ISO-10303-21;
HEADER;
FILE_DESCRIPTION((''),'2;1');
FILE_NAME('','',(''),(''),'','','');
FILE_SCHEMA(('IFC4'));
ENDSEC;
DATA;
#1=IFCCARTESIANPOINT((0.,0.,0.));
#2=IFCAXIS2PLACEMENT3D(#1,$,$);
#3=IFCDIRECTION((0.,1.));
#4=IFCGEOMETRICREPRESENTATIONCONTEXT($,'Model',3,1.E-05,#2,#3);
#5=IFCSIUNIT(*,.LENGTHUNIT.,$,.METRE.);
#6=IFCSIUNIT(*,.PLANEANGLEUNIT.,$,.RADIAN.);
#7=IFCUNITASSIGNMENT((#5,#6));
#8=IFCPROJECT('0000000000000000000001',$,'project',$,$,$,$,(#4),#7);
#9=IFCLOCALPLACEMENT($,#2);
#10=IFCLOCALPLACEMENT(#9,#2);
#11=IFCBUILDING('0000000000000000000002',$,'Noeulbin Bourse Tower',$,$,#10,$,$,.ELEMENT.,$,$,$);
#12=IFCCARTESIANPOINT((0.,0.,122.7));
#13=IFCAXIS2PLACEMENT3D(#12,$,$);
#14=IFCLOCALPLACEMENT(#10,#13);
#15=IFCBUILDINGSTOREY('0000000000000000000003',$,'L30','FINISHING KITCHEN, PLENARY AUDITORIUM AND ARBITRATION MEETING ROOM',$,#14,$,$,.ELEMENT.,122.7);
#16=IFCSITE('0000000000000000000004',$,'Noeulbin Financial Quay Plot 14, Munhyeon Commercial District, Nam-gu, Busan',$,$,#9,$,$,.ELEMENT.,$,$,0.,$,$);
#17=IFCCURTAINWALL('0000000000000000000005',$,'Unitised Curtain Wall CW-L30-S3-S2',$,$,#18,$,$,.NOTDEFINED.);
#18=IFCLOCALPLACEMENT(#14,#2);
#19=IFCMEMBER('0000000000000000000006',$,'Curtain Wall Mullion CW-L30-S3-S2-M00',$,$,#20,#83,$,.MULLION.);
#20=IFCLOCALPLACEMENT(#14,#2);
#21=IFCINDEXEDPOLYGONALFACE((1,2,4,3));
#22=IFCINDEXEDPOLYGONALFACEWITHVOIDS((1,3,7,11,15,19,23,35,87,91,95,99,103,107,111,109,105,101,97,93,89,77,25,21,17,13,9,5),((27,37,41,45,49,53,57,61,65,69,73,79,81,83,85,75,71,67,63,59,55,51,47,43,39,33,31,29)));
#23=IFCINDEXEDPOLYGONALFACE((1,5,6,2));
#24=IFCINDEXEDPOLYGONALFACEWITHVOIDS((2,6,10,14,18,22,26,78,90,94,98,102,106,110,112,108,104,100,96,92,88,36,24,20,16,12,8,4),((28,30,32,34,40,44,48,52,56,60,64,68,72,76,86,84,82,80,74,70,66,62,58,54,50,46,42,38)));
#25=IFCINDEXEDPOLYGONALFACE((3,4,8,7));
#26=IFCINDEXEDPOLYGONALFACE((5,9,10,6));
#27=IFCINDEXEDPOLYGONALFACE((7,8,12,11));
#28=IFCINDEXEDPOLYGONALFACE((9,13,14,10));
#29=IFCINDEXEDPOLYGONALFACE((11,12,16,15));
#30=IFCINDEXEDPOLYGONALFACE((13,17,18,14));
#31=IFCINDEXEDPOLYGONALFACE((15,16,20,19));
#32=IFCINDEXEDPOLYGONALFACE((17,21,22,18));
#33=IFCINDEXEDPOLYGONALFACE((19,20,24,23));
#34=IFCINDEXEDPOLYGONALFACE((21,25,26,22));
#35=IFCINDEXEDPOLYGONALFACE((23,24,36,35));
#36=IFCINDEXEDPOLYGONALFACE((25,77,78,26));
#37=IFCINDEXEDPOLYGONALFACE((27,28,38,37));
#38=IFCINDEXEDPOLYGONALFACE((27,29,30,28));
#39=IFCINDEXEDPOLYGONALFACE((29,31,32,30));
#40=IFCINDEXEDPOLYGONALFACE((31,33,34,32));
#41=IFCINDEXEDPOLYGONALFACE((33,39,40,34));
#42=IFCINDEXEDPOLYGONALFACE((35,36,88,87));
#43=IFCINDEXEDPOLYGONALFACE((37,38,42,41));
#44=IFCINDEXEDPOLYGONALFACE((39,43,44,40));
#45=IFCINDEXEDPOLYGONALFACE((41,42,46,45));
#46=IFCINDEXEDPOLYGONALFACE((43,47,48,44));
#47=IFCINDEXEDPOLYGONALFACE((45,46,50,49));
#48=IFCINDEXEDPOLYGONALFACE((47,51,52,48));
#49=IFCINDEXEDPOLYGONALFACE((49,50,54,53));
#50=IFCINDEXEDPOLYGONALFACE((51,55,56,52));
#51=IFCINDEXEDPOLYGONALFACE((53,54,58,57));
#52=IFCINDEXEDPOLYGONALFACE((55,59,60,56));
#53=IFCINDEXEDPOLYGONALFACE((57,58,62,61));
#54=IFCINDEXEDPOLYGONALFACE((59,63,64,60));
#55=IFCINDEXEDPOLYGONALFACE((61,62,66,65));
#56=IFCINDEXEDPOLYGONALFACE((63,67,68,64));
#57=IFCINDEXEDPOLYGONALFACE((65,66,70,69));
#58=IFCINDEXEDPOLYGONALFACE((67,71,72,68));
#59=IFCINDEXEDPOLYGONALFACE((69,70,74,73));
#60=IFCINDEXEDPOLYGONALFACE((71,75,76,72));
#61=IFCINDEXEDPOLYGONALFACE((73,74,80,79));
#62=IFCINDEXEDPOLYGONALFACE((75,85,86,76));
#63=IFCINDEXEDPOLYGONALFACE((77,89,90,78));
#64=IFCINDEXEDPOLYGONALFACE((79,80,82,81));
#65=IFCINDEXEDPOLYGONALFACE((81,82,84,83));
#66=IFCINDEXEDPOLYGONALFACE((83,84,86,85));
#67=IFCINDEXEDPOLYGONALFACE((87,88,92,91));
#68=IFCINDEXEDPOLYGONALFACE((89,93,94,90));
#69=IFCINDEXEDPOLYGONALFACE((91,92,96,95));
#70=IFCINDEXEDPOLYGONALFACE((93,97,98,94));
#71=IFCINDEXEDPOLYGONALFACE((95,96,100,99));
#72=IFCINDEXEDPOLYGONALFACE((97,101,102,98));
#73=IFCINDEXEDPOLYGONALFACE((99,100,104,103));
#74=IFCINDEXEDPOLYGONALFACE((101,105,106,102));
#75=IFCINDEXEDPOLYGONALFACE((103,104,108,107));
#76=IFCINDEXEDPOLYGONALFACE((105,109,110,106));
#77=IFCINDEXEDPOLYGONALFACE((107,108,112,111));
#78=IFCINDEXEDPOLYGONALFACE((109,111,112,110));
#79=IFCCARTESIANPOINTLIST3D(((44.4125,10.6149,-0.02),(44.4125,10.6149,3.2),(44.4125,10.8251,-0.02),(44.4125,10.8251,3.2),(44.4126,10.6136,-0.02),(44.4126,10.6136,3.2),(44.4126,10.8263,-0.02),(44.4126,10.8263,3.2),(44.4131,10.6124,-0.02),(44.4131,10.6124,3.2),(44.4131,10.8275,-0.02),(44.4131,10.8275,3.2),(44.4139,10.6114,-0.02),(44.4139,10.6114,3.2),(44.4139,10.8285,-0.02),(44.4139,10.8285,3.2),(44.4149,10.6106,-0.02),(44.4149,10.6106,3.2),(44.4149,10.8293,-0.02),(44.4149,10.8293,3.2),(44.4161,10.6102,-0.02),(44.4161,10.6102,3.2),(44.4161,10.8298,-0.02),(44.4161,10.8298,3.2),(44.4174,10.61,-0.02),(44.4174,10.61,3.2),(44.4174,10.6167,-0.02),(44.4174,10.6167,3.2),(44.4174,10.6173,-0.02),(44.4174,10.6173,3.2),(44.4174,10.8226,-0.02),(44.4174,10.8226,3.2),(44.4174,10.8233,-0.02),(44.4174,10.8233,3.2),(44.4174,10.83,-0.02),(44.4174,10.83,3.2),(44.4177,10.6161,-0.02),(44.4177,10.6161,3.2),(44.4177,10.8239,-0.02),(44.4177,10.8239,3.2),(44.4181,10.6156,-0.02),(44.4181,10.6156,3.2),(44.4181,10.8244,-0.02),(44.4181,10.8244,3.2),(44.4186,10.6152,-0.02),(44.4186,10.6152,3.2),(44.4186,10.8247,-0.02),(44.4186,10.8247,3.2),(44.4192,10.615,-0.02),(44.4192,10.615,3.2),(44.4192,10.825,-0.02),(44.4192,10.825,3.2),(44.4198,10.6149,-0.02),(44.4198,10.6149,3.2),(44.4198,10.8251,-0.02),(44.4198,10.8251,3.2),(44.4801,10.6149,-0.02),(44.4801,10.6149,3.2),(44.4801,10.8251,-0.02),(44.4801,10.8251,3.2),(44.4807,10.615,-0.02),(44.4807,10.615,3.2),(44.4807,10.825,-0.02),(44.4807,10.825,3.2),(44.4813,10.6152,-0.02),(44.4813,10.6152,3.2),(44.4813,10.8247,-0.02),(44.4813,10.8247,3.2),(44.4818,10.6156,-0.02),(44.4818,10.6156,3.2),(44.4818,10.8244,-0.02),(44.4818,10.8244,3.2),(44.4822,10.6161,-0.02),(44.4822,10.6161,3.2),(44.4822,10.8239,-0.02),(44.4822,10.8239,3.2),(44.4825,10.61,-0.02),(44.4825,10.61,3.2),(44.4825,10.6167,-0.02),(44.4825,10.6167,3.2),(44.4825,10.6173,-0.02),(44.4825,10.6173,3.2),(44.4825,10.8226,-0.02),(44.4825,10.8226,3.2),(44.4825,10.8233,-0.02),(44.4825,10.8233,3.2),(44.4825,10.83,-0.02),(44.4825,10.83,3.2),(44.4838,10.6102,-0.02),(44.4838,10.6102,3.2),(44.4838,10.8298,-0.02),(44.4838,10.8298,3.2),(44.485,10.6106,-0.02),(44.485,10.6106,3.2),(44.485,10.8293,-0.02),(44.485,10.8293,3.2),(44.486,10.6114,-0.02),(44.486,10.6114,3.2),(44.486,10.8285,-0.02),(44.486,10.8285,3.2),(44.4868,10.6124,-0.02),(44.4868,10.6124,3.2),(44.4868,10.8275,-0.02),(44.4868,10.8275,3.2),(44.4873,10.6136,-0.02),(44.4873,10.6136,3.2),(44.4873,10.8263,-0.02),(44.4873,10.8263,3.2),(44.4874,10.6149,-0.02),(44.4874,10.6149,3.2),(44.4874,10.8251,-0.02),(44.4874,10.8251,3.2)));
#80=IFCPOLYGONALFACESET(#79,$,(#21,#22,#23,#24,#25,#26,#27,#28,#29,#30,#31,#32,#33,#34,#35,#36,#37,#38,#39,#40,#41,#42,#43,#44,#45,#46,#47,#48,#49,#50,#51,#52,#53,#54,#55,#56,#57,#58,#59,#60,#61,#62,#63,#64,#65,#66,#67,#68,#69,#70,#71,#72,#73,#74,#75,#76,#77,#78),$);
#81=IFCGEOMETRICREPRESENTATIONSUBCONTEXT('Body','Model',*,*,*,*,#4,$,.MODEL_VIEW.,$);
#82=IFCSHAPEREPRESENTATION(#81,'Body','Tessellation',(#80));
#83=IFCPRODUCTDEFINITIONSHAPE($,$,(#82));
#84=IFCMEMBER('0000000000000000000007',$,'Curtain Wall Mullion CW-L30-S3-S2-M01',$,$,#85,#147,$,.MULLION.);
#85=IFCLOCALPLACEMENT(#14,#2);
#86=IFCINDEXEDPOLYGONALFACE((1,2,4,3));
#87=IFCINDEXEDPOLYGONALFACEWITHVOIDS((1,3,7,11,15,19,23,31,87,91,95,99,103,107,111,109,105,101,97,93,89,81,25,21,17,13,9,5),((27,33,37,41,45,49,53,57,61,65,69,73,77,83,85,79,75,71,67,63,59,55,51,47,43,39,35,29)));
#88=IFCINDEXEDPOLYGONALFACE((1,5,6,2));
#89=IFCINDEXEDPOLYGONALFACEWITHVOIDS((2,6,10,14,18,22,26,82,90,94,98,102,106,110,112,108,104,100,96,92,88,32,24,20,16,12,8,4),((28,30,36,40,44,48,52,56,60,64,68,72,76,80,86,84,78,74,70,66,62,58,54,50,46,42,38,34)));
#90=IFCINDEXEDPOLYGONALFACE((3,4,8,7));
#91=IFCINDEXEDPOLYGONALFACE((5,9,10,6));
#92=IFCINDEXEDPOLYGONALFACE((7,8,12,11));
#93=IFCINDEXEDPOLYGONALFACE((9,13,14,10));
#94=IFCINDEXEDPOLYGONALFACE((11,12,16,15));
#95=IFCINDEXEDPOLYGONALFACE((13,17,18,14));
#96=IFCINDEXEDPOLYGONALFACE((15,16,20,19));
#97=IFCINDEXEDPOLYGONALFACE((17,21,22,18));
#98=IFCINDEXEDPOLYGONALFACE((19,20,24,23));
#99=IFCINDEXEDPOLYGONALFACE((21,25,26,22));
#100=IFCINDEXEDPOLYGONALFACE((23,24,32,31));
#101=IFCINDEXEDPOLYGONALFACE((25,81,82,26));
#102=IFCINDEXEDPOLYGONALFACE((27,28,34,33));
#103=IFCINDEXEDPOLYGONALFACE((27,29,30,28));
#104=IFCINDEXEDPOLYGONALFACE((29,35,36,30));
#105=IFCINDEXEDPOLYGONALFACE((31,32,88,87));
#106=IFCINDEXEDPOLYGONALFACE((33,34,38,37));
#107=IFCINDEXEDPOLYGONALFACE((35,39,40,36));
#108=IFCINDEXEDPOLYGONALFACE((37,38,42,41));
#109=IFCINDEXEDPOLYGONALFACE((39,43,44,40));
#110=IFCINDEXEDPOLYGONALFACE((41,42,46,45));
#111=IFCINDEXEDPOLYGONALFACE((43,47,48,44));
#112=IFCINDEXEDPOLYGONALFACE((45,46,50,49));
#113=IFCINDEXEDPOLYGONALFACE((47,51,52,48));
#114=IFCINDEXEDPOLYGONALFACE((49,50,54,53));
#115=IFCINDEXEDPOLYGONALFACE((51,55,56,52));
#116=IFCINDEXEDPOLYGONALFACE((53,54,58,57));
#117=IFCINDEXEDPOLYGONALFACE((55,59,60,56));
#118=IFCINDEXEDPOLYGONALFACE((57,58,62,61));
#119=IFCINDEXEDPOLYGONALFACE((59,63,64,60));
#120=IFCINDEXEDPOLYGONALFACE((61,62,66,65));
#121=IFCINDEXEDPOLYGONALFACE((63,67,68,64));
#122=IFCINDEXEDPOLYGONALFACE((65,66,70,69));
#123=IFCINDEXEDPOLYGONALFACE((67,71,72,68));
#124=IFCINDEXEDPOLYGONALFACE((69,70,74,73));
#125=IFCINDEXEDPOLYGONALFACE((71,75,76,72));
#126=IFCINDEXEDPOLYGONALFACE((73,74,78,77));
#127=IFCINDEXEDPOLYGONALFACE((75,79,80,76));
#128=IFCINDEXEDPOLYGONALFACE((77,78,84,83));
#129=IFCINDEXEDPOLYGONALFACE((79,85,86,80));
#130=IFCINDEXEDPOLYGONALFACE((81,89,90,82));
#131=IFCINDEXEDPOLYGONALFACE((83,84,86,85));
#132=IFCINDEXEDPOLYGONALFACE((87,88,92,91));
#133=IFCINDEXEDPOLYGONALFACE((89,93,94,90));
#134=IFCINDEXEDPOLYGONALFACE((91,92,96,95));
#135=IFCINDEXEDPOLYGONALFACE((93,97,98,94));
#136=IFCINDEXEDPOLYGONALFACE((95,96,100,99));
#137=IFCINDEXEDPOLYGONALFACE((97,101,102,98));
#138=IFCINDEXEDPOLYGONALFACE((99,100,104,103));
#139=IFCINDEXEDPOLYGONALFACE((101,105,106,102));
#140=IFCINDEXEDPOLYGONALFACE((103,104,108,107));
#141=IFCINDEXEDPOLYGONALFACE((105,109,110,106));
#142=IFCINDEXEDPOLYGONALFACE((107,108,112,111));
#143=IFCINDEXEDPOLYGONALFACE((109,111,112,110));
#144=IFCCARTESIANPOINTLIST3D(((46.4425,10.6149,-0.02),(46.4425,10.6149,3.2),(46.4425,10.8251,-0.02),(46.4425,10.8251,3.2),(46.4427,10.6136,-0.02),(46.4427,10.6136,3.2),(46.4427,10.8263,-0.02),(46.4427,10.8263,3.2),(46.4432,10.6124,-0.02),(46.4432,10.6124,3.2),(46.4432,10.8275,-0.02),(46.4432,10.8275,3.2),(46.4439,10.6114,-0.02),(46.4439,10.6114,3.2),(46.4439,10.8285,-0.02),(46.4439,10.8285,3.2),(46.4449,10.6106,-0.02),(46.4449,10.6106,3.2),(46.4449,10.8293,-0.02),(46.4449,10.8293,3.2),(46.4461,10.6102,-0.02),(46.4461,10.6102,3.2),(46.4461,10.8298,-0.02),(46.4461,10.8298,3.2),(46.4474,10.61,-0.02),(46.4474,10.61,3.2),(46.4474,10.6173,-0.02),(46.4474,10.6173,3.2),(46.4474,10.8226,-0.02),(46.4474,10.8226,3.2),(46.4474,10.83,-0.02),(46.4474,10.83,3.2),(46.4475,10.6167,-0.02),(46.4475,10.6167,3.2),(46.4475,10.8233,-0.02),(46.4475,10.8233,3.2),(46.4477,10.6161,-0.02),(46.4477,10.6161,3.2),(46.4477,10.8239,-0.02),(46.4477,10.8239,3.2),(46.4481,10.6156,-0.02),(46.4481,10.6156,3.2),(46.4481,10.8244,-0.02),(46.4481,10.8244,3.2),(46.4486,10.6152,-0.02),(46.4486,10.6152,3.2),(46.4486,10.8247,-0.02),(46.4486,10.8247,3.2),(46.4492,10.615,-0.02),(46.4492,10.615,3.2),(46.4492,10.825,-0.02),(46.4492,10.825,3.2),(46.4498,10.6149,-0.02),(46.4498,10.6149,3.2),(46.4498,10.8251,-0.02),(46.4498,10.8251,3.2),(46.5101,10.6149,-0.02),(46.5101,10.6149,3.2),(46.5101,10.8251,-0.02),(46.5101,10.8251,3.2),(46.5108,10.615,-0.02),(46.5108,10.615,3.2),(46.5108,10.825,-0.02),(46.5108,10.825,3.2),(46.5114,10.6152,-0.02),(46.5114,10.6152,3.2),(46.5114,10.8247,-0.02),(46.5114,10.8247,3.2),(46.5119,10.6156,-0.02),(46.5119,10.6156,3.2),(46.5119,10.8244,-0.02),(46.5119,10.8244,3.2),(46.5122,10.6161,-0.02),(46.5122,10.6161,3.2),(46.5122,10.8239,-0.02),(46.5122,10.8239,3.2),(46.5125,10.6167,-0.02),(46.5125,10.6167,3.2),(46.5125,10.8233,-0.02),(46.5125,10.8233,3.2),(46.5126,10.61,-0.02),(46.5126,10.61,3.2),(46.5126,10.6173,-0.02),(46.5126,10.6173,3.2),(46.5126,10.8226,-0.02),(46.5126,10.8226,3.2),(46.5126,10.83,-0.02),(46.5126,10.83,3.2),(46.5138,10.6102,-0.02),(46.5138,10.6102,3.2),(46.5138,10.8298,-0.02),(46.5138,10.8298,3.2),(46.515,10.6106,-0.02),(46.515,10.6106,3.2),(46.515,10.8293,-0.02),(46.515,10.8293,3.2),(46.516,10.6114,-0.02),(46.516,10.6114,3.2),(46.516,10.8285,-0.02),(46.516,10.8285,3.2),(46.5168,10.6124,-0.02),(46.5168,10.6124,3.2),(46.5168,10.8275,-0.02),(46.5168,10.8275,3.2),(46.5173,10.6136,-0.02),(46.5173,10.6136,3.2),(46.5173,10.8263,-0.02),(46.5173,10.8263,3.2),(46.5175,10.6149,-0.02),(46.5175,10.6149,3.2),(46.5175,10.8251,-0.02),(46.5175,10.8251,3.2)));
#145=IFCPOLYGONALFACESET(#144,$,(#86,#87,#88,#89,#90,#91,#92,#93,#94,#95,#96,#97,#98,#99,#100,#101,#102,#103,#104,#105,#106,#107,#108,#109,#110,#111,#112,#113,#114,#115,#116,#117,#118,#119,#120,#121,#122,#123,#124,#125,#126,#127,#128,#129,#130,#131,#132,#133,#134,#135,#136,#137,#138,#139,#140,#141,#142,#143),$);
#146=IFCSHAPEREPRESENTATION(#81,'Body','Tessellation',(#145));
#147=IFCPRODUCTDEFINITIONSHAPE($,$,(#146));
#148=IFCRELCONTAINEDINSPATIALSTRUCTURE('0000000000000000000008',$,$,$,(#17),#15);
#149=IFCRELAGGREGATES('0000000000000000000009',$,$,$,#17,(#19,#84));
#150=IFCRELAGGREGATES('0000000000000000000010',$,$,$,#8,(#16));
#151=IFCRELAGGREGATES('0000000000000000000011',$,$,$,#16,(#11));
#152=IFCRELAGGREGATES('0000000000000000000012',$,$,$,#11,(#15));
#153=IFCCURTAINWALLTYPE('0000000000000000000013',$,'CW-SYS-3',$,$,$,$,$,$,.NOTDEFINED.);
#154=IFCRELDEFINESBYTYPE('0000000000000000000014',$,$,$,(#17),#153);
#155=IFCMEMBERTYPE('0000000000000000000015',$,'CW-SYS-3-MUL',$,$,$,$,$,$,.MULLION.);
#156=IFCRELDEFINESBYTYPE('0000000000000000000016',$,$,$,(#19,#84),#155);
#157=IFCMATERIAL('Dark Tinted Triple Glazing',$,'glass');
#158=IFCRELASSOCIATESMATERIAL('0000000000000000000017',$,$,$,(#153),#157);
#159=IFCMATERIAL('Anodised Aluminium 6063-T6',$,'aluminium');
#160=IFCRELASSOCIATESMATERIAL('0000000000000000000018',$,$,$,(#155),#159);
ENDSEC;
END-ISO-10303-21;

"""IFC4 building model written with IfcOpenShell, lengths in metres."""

from ifc_helpers import new_model, si_unit, direction, frame, origin, origin_2d, place, context, subcontext, project, spatial, hollow_rectangle, extrude, material, material_profile, profile_set, type_object, element, aggregate, save


model = new_model("IFC4")

# Units and contexts
model_context = context("Model", 3, precision=1e-05, world=origin(), true_north=direction((0.0, 1.0)))
body_context = subcontext(model_context, "Body", "Model", "MODEL_VIEW")
ifc_project = project(units=[si_unit("LENGTHUNIT", "METRE"), si_unit("PLANEANGLEUNIT", "RADIAN")], contexts=[model_context])

# Site, building, storey
site_placement = place(None, origin())
site = spatial("IfcSite", under=ifc_project, at=site_placement, Name="Noeulbin Financial Quay Plot 14, Munhyeon Commercial District, Nam-gu, Busan", CompositionType="ELEMENT", RefElevation=0.0)
building_placement = place(site_placement, origin())
building = spatial("IfcBuilding", under=site, at=building_placement, Name="Noeulbin Bourse Tower", CompositionType="ELEMENT")
storey_placement = place(building_placement, frame((0.0, 0.0, 122.7)))
storey = spatial("IfcBuildingStorey", under=building, at=storey_placement, Name="L30", Description="FINISHING KITCHEN, PLENARY AUDITORIUM AND ARBITRATION MEETING ROOM", CompositionType="ELEMENT", Elevation=122.7)

# Curtain wall, members
ifc_material_1 = material(Name="Dark Tinted Triple Glazing", Category="glass")
curtain_wall_type = type_object("IfcCurtainWallType", Name="CW-SYS-3", PredefinedType="NOTDEFINED", material=ifc_material_1)
ifc_material_2 = material(Name="Anodised Aluminium 6063-T6", Category="aluminium")
ifc_material_profile_1 = material_profile(ifc_material_2, hollow_rectangle(XDim=0.075, YDim=0.22, WallThickness=0.0049, InnerFilletRadius=0.0024, OuterFilletRadius=0.0049, at=origin_2d()), Name="ALU-MULL-75x220x5", Category="LoadBearing")
ifc_profile_set_1 = profile_set([ifc_material_profile_1], Name="Anodised Aluminium 6063-T6")
member_type_1 = type_object("IfcMemberType", Name="CW-SYS-3-MUL", PredefinedType="MULLION", material=ifc_profile_set_1)
curtain_wall_1_placement = place(storey_placement, origin())
curtain_wall_1 = element("IfcCurtainWall", 1, at=curtain_wall_1_placement, inside=storey, type_object=curtain_wall_type, Name="Unitised Curtain Wall CW-L30-S3-S2", PredefinedType="NOTDEFINED")
member_1_placement = place(storey_placement, frame((44.45, 10.72, -0.02), z_axis=(0.0, 0.0, 1.0), x_axis=(1.0, 0.0, 0.0)))
member_1 = element("IfcMember", 2, at=member_1_placement, type_object=member_type_1, Name="Curtain Wall Mullion CW-L30-S3-S2-M00", PredefinedType="MULLION", context=body_context, shape_type="SweptSolid", body=[
    extrude(hollow_rectangle(XDim=0.075, YDim=0.22, WallThickness=0.0049, InnerFilletRadius=0.0024, OuterFilletRadius=0.0049, at=origin_2d()), origin(), (0.0, 0.0, 1.0), 3.22),
])
member_2_placement = place(storey_placement, frame((46.48, 10.72, -0.02), z_axis=(0.0, 0.0, 1.0), x_axis=(1.0, 0.0, 0.0)))
member_2 = element("IfcMember", 3, at=member_2_placement, type_object=member_type_1, Name="Curtain Wall Mullion CW-L30-S3-S2-M01", PredefinedType="MULLION", context=body_context, shape_type="SweptSolid", body=[
    extrude(hollow_rectangle(XDim=0.075, YDim=0.22, WallThickness=0.0049, InnerFilletRadius=0.0024, OuterFilletRadius=0.0049, at=origin_2d()), origin(), (0.0, 0.0, 1.0), 3.22),
])

aggregate(curtain_wall_1, [member_1, member_2])

save(model, "model.ifc")
